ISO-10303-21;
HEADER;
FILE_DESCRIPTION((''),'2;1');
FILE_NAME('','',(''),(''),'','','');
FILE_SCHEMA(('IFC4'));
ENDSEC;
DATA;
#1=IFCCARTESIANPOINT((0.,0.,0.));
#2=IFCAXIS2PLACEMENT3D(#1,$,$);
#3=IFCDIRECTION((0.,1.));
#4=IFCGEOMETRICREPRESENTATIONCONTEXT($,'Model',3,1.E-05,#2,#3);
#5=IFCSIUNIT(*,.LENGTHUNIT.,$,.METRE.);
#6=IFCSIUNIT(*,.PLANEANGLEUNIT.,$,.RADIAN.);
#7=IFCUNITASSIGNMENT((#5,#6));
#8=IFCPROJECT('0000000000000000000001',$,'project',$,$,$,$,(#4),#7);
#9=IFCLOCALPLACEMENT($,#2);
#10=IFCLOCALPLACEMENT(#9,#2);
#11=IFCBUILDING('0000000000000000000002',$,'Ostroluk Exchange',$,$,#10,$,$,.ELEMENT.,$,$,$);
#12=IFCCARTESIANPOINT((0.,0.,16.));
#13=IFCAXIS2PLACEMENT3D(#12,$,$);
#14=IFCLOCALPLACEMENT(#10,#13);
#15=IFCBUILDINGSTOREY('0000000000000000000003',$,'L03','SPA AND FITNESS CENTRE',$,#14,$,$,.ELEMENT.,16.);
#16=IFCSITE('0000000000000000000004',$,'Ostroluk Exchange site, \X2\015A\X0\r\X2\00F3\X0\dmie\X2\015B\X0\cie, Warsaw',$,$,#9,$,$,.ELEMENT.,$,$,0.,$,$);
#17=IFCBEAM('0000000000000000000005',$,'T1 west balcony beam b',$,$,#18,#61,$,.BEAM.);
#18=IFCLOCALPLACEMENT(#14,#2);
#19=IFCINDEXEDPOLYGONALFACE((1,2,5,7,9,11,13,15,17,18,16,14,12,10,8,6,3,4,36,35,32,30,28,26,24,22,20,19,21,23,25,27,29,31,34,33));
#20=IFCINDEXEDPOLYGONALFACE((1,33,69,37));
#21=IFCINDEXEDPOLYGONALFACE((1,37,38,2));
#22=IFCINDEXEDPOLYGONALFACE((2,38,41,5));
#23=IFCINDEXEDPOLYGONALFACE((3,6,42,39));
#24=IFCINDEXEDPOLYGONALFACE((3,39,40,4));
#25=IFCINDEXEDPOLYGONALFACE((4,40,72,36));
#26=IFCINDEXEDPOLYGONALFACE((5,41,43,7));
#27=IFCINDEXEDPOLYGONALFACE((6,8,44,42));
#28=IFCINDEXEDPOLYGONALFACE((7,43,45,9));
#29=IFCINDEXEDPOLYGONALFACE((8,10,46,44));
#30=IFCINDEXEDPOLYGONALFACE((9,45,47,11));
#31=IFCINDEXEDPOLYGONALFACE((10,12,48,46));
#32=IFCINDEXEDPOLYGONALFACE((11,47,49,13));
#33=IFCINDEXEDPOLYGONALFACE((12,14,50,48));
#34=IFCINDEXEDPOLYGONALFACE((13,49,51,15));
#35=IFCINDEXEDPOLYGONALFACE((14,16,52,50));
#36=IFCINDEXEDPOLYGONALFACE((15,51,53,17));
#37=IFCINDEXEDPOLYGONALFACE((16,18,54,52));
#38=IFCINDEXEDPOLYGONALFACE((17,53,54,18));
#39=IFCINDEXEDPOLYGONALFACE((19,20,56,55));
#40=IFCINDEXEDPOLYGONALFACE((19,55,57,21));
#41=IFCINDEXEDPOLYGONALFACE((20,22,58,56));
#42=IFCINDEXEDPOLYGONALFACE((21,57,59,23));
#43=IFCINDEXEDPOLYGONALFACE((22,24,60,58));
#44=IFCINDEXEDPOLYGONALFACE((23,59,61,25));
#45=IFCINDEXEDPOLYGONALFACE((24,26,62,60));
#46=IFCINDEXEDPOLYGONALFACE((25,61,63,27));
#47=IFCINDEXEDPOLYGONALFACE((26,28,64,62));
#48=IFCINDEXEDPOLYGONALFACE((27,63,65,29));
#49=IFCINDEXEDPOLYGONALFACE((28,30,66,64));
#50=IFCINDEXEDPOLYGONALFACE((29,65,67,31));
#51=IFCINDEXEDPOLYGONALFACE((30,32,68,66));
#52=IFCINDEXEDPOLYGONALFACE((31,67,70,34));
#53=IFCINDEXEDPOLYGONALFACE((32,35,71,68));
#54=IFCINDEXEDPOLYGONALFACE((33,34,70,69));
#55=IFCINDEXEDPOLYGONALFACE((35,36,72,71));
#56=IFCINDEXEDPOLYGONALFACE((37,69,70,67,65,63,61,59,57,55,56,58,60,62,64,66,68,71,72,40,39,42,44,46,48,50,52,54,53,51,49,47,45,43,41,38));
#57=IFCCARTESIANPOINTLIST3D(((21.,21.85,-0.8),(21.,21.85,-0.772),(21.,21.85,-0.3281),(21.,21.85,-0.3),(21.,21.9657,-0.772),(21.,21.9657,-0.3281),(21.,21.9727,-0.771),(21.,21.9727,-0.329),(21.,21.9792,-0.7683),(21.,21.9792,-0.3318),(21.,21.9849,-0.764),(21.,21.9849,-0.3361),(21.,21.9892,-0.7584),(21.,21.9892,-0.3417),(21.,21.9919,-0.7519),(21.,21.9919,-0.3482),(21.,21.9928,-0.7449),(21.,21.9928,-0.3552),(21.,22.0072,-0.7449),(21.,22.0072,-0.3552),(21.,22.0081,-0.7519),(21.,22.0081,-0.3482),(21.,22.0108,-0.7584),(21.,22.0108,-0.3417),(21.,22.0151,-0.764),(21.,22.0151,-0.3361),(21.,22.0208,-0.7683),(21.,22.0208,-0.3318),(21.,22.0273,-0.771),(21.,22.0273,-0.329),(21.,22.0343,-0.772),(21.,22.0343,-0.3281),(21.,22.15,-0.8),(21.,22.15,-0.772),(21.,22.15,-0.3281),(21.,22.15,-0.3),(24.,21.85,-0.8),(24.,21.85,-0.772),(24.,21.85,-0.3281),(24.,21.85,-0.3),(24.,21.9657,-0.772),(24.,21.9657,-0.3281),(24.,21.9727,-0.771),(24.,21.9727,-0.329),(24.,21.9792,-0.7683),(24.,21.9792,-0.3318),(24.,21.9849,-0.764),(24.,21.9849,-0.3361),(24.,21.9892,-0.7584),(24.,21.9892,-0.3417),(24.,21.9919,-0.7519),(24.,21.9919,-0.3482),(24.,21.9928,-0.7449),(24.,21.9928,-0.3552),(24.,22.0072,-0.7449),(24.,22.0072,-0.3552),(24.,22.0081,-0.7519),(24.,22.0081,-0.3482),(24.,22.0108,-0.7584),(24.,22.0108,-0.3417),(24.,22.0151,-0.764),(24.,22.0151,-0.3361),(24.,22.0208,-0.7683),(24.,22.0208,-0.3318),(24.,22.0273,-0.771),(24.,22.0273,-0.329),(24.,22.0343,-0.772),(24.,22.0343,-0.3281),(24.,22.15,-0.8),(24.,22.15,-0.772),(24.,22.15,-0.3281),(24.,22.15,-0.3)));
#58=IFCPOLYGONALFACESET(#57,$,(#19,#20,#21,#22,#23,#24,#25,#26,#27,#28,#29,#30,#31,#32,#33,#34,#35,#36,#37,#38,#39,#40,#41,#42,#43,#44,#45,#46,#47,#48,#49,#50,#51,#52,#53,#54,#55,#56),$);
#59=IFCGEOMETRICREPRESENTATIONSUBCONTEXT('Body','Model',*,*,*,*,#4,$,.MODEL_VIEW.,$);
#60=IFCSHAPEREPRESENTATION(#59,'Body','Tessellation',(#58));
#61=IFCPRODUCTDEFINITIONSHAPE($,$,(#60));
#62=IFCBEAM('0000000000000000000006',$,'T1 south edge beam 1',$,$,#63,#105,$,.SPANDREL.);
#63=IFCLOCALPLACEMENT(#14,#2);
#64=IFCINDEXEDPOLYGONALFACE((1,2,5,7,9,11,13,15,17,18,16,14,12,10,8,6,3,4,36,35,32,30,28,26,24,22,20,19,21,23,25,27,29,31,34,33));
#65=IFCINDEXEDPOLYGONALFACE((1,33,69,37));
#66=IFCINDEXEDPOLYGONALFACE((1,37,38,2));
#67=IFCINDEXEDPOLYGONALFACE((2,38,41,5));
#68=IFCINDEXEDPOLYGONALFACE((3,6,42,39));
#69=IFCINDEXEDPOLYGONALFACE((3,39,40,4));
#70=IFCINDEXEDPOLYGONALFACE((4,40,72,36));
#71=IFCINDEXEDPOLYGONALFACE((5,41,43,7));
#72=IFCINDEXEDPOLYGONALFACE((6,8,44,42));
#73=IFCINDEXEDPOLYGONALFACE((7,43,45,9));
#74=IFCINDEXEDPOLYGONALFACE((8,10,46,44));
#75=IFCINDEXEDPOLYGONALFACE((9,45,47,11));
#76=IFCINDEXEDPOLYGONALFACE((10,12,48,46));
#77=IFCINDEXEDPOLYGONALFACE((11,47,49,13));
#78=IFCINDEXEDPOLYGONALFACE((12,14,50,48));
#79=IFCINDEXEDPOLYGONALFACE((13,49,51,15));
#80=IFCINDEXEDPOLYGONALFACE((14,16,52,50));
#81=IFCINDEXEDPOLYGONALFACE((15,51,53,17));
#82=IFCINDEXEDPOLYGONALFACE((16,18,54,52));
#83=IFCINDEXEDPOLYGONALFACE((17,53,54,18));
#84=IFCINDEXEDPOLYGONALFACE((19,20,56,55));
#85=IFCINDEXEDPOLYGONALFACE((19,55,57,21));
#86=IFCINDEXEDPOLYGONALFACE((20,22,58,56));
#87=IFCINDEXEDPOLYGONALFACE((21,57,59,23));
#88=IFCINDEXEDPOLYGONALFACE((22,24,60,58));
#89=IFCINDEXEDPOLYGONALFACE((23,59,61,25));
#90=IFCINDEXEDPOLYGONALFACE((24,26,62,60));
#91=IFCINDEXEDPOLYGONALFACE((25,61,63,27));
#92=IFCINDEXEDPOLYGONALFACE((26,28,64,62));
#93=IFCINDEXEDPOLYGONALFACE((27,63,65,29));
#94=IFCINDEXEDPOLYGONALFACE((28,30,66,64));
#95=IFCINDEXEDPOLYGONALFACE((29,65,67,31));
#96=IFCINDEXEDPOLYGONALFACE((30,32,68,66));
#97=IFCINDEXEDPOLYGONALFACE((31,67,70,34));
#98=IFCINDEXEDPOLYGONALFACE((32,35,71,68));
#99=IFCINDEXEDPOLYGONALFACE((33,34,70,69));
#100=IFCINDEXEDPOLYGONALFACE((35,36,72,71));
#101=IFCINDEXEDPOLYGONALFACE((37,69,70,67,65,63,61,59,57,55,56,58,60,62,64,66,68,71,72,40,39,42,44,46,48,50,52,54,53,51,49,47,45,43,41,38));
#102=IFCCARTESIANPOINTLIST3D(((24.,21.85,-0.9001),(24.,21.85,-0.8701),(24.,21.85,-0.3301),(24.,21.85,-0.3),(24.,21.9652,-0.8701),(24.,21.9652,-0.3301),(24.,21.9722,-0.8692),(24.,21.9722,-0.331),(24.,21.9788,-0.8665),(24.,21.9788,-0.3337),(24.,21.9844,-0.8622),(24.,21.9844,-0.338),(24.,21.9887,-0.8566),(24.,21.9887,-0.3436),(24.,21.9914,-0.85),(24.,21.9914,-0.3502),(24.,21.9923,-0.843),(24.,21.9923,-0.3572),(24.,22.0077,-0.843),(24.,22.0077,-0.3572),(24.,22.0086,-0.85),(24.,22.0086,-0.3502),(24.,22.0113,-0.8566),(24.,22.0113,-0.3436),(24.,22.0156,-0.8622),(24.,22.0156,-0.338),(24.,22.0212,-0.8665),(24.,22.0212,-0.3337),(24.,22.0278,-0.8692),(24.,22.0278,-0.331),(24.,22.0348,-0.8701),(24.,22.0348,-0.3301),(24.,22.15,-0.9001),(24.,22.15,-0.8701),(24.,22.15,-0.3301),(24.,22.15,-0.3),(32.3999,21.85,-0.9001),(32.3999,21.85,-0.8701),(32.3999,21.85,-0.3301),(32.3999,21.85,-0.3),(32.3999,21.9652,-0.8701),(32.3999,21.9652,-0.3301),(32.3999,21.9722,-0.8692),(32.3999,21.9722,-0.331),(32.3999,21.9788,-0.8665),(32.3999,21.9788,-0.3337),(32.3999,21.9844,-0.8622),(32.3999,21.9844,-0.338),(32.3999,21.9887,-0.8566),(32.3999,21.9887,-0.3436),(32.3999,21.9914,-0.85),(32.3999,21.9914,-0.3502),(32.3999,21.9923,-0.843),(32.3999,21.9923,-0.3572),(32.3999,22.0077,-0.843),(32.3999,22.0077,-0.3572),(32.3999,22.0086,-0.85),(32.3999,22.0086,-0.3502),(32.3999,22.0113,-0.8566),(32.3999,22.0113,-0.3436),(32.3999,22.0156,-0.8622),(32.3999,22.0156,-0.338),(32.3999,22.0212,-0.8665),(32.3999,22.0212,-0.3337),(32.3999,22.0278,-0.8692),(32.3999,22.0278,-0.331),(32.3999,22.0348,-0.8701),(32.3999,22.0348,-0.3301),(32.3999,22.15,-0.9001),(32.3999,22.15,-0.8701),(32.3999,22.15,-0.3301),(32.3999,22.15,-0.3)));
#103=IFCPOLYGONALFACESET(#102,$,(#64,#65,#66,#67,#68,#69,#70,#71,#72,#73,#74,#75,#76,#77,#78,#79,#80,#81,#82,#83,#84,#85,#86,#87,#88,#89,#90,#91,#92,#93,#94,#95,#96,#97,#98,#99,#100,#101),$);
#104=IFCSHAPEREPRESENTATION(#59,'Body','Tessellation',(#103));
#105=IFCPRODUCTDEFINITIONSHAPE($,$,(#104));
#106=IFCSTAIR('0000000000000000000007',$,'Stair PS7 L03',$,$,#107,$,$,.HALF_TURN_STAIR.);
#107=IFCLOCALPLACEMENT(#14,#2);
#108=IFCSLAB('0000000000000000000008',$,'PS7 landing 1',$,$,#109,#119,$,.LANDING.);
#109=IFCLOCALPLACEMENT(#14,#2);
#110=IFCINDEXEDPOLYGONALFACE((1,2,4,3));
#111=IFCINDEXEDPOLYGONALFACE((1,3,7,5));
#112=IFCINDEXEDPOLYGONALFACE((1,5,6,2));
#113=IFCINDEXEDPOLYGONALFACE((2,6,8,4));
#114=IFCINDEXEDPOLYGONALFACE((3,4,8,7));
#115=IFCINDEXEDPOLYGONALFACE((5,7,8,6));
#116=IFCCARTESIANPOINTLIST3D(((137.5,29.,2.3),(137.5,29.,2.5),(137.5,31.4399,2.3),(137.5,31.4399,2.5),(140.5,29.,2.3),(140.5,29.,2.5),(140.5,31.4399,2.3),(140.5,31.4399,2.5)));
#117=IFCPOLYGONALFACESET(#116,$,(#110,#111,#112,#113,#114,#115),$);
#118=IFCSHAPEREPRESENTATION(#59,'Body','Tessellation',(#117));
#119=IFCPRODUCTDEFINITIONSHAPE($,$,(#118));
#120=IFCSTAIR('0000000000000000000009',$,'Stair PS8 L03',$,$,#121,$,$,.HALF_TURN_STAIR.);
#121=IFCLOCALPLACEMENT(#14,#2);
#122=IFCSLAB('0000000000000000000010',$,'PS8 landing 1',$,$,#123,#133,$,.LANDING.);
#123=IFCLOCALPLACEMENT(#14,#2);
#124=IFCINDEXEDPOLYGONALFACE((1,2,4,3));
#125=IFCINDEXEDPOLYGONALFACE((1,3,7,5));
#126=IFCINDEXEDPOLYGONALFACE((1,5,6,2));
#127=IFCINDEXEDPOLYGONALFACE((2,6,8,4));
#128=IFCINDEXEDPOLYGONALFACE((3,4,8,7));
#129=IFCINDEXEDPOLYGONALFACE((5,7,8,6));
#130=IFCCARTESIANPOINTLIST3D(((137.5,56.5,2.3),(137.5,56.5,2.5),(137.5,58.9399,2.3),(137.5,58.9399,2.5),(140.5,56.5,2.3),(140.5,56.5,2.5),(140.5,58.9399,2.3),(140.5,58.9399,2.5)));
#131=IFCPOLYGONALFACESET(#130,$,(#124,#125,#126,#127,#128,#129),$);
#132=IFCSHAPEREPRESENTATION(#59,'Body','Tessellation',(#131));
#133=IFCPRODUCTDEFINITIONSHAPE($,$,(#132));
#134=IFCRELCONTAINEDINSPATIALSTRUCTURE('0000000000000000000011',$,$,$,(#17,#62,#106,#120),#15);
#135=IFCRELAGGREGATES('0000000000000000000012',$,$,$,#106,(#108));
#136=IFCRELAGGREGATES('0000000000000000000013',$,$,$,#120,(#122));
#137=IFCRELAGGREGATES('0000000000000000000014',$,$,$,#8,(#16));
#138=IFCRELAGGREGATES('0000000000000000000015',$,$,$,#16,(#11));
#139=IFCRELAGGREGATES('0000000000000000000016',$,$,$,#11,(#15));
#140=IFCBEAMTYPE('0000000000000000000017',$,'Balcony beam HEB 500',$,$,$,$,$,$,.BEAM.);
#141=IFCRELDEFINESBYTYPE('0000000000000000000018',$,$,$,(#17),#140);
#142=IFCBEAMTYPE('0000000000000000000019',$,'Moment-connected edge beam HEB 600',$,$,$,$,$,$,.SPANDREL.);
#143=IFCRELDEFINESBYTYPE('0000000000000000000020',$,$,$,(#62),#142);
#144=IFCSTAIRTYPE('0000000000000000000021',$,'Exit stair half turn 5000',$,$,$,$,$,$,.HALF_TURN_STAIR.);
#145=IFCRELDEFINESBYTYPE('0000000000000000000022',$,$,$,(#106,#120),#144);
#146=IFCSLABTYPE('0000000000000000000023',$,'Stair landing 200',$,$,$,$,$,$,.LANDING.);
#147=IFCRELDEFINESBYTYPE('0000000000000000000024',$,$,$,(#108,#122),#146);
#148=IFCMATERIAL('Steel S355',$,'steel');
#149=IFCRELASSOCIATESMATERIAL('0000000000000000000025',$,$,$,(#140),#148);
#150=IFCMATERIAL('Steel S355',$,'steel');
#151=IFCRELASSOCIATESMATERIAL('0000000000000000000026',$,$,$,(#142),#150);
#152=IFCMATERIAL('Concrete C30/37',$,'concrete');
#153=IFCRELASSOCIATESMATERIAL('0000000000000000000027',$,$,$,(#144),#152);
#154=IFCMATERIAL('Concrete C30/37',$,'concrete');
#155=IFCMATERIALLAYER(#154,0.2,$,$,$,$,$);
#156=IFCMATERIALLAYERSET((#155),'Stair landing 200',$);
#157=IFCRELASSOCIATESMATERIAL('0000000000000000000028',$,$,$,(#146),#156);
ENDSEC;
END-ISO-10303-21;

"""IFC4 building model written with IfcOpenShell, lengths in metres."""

from ifc_helpers import new_model, si_unit, direction, frame, origin, origin_2d, place, context, subcontext, project, spatial, polyline, i_section, outline, extrude, material, layer, layer_set, material_profile, profile_set, type_object, element, aggregate, save


model = new_model("IFC4")

# Units and contexts
model_context = context("Model", 3, precision=1e-05, world=origin(), true_north=direction((0.0, 1.0)))
body_context = subcontext(model_context, "Body", "Model", "MODEL_VIEW")
ifc_project = project(units=[si_unit("LENGTHUNIT", "METRE"), si_unit("PLANEANGLEUNIT", "RADIAN")], contexts=[model_context])

# Site, building, storey
site_placement = place(None, origin())
site = spatial("IfcSite", under=ifc_project, at=site_placement, Name="Ostroluk Exchange site, Śródmieście, Warsaw", CompositionType="ELEMENT", RefElevation=0.0)
building_placement = place(site_placement, origin())
building = spatial("IfcBuilding", under=site, at=building_placement, Name="Ostroluk Exchange", CompositionType="ELEMENT")
storey_placement = place(building_placement, frame((0.0, 0.0, 16.0)))
storey = spatial("IfcBuildingStorey", under=building, at=storey_placement, Name="L03", Description="SPA AND FITNESS CENTRE", CompositionType="ELEMENT", Elevation=16.0)

# Beams
ifc_material_1 = material(Name="Steel S355", Category="steel")
ifc_material_profile_1 = material_profile(ifc_material_1, i_section(OverallWidth=0.3, OverallDepth=0.5, WebThickness=0.0144, FlangeThickness=0.0281, FilletRadius=0.0271, at=origin_2d()), Name="HEB 500")
ifc_profile_set_1 = profile_set([ifc_material_profile_1], Name="Steel S355")
beam_type_1 = type_object("IfcBeamType", Name="Balcony beam HEB 500", PredefinedType="BEAM", material=ifc_profile_set_1)
beam_1_placement = place(storey_placement, frame((24.0, 22.0, -0.55), z_axis=(-1.0, 0.0, 0.0), x_axis=(0.0, -1.0, 0.0)))
element("IfcBeam", 1, at=beam_1_placement, inside=storey, type_object=beam_type_1, Name="T1 west balcony beam b", PredefinedType="BEAM", context=body_context, shape_type="SweptSolid", body=[
    extrude(i_section(OverallWidth=0.3, OverallDepth=0.5, WebThickness=0.0144, FlangeThickness=0.0281, FilletRadius=0.0271, at=origin_2d()), origin(), (0.0, 0.0, 1.0), 3.0),
])
ifc_material_2 = material(Name="Steel S355", Category="steel")
ifc_material_profile_2 = material_profile(ifc_material_2, i_section(OverallWidth=0.3, OverallDepth=0.6001, WebThickness=0.0154, FlangeThickness=0.03, FilletRadius=0.0271, at=origin_2d()), Name="HEB 600")
ifc_profile_set_2 = profile_set([ifc_material_profile_2], Name="Steel S355")
beam_type_2 = type_object("IfcBeamType", Name="Moment-connected edge beam HEB 600", PredefinedType="SPANDREL", material=ifc_profile_set_2)
beam_2_placement = place(storey_placement, frame((24.0, 22.0, -0.6001), z_axis=(1.0, 0.0, 0.0), x_axis=(0.0, 1.0, 0.0)))
element("IfcBeam", 2, at=beam_2_placement, inside=storey, type_object=beam_type_2, Name="T1 south edge beam 1", PredefinedType="SPANDREL", context=body_context, shape_type="SweptSolid", body=[
    extrude(i_section(OverallWidth=0.3, OverallDepth=0.6001, WebThickness=0.0154, FlangeThickness=0.03, FilletRadius=0.0271, at=origin_2d()), origin(), (0.0, 0.0, 1.0), 8.3999),
])

# Stairs, slabs
ifc_material_3 = material(Name="Concrete C30/37", Category="concrete")
stair_type = type_object("IfcStairType", Name="Exit stair half turn 5000", PredefinedType="HALF_TURN_STAIR", material=ifc_material_3)
stair_1_placement = place(storey_placement, origin())
stair_1 = element("IfcStair", 3, at=stair_1_placement, inside=storey, type_object=stair_type, Name="Stair PS7 L03", PredefinedType="HALF_TURN_STAIR")
ifc_material_4 = material(Name="Concrete C30/37", Category="concrete")
ifc_layer_1 = layer(ifc_material_4, 0.2)
ifc_layer_set_1 = layer_set([ifc_layer_1], Name="Stair landing 200")
slab_type = type_object("IfcSlabType", Name="Stair landing 200", PredefinedType="LANDING", material=ifc_layer_set_1)
slab_1_placement = place(storey_placement, frame((0.0, 0.0, 2.3)))
slab_1 = element("IfcSlab", 4, at=slab_1_placement, type_object=slab_type, Name="PS7 landing 1", PredefinedType="LANDING", context=body_context, shape_type="SweptSolid", body=[
    extrude(outline(polyline([(137.5, 31.4399), (140.5, 31.4399), (140.5, 29.0), (137.5, 29.0), (137.5, 31.4399)])), origin(), (0.0, 0.0, 1.0), 0.2),
])
aggregate(stair_1, [slab_1])
stair_2_placement = place(storey_placement, origin())
stair_2 = element("IfcStair", 5, at=stair_2_placement, inside=storey, type_object=stair_type, Name="Stair PS8 L03", PredefinedType="HALF_TURN_STAIR")
slab_2_placement = place(storey_placement, frame((0.0, 0.0, 2.3)))
slab_2 = element("IfcSlab", 6, at=slab_2_placement, type_object=slab_type, Name="PS8 landing 1", PredefinedType="LANDING", context=body_context, shape_type="SweptSolid", body=[
    extrude(outline(polyline([(137.5, 58.9399), (140.5, 58.9399), (140.5, 56.5), (137.5, 56.5), (137.5, 58.9399)])), origin(), (0.0, 0.0, 1.0), 0.2),
])
aggregate(stair_2, [slab_2])

save(model, "model.ifc")
